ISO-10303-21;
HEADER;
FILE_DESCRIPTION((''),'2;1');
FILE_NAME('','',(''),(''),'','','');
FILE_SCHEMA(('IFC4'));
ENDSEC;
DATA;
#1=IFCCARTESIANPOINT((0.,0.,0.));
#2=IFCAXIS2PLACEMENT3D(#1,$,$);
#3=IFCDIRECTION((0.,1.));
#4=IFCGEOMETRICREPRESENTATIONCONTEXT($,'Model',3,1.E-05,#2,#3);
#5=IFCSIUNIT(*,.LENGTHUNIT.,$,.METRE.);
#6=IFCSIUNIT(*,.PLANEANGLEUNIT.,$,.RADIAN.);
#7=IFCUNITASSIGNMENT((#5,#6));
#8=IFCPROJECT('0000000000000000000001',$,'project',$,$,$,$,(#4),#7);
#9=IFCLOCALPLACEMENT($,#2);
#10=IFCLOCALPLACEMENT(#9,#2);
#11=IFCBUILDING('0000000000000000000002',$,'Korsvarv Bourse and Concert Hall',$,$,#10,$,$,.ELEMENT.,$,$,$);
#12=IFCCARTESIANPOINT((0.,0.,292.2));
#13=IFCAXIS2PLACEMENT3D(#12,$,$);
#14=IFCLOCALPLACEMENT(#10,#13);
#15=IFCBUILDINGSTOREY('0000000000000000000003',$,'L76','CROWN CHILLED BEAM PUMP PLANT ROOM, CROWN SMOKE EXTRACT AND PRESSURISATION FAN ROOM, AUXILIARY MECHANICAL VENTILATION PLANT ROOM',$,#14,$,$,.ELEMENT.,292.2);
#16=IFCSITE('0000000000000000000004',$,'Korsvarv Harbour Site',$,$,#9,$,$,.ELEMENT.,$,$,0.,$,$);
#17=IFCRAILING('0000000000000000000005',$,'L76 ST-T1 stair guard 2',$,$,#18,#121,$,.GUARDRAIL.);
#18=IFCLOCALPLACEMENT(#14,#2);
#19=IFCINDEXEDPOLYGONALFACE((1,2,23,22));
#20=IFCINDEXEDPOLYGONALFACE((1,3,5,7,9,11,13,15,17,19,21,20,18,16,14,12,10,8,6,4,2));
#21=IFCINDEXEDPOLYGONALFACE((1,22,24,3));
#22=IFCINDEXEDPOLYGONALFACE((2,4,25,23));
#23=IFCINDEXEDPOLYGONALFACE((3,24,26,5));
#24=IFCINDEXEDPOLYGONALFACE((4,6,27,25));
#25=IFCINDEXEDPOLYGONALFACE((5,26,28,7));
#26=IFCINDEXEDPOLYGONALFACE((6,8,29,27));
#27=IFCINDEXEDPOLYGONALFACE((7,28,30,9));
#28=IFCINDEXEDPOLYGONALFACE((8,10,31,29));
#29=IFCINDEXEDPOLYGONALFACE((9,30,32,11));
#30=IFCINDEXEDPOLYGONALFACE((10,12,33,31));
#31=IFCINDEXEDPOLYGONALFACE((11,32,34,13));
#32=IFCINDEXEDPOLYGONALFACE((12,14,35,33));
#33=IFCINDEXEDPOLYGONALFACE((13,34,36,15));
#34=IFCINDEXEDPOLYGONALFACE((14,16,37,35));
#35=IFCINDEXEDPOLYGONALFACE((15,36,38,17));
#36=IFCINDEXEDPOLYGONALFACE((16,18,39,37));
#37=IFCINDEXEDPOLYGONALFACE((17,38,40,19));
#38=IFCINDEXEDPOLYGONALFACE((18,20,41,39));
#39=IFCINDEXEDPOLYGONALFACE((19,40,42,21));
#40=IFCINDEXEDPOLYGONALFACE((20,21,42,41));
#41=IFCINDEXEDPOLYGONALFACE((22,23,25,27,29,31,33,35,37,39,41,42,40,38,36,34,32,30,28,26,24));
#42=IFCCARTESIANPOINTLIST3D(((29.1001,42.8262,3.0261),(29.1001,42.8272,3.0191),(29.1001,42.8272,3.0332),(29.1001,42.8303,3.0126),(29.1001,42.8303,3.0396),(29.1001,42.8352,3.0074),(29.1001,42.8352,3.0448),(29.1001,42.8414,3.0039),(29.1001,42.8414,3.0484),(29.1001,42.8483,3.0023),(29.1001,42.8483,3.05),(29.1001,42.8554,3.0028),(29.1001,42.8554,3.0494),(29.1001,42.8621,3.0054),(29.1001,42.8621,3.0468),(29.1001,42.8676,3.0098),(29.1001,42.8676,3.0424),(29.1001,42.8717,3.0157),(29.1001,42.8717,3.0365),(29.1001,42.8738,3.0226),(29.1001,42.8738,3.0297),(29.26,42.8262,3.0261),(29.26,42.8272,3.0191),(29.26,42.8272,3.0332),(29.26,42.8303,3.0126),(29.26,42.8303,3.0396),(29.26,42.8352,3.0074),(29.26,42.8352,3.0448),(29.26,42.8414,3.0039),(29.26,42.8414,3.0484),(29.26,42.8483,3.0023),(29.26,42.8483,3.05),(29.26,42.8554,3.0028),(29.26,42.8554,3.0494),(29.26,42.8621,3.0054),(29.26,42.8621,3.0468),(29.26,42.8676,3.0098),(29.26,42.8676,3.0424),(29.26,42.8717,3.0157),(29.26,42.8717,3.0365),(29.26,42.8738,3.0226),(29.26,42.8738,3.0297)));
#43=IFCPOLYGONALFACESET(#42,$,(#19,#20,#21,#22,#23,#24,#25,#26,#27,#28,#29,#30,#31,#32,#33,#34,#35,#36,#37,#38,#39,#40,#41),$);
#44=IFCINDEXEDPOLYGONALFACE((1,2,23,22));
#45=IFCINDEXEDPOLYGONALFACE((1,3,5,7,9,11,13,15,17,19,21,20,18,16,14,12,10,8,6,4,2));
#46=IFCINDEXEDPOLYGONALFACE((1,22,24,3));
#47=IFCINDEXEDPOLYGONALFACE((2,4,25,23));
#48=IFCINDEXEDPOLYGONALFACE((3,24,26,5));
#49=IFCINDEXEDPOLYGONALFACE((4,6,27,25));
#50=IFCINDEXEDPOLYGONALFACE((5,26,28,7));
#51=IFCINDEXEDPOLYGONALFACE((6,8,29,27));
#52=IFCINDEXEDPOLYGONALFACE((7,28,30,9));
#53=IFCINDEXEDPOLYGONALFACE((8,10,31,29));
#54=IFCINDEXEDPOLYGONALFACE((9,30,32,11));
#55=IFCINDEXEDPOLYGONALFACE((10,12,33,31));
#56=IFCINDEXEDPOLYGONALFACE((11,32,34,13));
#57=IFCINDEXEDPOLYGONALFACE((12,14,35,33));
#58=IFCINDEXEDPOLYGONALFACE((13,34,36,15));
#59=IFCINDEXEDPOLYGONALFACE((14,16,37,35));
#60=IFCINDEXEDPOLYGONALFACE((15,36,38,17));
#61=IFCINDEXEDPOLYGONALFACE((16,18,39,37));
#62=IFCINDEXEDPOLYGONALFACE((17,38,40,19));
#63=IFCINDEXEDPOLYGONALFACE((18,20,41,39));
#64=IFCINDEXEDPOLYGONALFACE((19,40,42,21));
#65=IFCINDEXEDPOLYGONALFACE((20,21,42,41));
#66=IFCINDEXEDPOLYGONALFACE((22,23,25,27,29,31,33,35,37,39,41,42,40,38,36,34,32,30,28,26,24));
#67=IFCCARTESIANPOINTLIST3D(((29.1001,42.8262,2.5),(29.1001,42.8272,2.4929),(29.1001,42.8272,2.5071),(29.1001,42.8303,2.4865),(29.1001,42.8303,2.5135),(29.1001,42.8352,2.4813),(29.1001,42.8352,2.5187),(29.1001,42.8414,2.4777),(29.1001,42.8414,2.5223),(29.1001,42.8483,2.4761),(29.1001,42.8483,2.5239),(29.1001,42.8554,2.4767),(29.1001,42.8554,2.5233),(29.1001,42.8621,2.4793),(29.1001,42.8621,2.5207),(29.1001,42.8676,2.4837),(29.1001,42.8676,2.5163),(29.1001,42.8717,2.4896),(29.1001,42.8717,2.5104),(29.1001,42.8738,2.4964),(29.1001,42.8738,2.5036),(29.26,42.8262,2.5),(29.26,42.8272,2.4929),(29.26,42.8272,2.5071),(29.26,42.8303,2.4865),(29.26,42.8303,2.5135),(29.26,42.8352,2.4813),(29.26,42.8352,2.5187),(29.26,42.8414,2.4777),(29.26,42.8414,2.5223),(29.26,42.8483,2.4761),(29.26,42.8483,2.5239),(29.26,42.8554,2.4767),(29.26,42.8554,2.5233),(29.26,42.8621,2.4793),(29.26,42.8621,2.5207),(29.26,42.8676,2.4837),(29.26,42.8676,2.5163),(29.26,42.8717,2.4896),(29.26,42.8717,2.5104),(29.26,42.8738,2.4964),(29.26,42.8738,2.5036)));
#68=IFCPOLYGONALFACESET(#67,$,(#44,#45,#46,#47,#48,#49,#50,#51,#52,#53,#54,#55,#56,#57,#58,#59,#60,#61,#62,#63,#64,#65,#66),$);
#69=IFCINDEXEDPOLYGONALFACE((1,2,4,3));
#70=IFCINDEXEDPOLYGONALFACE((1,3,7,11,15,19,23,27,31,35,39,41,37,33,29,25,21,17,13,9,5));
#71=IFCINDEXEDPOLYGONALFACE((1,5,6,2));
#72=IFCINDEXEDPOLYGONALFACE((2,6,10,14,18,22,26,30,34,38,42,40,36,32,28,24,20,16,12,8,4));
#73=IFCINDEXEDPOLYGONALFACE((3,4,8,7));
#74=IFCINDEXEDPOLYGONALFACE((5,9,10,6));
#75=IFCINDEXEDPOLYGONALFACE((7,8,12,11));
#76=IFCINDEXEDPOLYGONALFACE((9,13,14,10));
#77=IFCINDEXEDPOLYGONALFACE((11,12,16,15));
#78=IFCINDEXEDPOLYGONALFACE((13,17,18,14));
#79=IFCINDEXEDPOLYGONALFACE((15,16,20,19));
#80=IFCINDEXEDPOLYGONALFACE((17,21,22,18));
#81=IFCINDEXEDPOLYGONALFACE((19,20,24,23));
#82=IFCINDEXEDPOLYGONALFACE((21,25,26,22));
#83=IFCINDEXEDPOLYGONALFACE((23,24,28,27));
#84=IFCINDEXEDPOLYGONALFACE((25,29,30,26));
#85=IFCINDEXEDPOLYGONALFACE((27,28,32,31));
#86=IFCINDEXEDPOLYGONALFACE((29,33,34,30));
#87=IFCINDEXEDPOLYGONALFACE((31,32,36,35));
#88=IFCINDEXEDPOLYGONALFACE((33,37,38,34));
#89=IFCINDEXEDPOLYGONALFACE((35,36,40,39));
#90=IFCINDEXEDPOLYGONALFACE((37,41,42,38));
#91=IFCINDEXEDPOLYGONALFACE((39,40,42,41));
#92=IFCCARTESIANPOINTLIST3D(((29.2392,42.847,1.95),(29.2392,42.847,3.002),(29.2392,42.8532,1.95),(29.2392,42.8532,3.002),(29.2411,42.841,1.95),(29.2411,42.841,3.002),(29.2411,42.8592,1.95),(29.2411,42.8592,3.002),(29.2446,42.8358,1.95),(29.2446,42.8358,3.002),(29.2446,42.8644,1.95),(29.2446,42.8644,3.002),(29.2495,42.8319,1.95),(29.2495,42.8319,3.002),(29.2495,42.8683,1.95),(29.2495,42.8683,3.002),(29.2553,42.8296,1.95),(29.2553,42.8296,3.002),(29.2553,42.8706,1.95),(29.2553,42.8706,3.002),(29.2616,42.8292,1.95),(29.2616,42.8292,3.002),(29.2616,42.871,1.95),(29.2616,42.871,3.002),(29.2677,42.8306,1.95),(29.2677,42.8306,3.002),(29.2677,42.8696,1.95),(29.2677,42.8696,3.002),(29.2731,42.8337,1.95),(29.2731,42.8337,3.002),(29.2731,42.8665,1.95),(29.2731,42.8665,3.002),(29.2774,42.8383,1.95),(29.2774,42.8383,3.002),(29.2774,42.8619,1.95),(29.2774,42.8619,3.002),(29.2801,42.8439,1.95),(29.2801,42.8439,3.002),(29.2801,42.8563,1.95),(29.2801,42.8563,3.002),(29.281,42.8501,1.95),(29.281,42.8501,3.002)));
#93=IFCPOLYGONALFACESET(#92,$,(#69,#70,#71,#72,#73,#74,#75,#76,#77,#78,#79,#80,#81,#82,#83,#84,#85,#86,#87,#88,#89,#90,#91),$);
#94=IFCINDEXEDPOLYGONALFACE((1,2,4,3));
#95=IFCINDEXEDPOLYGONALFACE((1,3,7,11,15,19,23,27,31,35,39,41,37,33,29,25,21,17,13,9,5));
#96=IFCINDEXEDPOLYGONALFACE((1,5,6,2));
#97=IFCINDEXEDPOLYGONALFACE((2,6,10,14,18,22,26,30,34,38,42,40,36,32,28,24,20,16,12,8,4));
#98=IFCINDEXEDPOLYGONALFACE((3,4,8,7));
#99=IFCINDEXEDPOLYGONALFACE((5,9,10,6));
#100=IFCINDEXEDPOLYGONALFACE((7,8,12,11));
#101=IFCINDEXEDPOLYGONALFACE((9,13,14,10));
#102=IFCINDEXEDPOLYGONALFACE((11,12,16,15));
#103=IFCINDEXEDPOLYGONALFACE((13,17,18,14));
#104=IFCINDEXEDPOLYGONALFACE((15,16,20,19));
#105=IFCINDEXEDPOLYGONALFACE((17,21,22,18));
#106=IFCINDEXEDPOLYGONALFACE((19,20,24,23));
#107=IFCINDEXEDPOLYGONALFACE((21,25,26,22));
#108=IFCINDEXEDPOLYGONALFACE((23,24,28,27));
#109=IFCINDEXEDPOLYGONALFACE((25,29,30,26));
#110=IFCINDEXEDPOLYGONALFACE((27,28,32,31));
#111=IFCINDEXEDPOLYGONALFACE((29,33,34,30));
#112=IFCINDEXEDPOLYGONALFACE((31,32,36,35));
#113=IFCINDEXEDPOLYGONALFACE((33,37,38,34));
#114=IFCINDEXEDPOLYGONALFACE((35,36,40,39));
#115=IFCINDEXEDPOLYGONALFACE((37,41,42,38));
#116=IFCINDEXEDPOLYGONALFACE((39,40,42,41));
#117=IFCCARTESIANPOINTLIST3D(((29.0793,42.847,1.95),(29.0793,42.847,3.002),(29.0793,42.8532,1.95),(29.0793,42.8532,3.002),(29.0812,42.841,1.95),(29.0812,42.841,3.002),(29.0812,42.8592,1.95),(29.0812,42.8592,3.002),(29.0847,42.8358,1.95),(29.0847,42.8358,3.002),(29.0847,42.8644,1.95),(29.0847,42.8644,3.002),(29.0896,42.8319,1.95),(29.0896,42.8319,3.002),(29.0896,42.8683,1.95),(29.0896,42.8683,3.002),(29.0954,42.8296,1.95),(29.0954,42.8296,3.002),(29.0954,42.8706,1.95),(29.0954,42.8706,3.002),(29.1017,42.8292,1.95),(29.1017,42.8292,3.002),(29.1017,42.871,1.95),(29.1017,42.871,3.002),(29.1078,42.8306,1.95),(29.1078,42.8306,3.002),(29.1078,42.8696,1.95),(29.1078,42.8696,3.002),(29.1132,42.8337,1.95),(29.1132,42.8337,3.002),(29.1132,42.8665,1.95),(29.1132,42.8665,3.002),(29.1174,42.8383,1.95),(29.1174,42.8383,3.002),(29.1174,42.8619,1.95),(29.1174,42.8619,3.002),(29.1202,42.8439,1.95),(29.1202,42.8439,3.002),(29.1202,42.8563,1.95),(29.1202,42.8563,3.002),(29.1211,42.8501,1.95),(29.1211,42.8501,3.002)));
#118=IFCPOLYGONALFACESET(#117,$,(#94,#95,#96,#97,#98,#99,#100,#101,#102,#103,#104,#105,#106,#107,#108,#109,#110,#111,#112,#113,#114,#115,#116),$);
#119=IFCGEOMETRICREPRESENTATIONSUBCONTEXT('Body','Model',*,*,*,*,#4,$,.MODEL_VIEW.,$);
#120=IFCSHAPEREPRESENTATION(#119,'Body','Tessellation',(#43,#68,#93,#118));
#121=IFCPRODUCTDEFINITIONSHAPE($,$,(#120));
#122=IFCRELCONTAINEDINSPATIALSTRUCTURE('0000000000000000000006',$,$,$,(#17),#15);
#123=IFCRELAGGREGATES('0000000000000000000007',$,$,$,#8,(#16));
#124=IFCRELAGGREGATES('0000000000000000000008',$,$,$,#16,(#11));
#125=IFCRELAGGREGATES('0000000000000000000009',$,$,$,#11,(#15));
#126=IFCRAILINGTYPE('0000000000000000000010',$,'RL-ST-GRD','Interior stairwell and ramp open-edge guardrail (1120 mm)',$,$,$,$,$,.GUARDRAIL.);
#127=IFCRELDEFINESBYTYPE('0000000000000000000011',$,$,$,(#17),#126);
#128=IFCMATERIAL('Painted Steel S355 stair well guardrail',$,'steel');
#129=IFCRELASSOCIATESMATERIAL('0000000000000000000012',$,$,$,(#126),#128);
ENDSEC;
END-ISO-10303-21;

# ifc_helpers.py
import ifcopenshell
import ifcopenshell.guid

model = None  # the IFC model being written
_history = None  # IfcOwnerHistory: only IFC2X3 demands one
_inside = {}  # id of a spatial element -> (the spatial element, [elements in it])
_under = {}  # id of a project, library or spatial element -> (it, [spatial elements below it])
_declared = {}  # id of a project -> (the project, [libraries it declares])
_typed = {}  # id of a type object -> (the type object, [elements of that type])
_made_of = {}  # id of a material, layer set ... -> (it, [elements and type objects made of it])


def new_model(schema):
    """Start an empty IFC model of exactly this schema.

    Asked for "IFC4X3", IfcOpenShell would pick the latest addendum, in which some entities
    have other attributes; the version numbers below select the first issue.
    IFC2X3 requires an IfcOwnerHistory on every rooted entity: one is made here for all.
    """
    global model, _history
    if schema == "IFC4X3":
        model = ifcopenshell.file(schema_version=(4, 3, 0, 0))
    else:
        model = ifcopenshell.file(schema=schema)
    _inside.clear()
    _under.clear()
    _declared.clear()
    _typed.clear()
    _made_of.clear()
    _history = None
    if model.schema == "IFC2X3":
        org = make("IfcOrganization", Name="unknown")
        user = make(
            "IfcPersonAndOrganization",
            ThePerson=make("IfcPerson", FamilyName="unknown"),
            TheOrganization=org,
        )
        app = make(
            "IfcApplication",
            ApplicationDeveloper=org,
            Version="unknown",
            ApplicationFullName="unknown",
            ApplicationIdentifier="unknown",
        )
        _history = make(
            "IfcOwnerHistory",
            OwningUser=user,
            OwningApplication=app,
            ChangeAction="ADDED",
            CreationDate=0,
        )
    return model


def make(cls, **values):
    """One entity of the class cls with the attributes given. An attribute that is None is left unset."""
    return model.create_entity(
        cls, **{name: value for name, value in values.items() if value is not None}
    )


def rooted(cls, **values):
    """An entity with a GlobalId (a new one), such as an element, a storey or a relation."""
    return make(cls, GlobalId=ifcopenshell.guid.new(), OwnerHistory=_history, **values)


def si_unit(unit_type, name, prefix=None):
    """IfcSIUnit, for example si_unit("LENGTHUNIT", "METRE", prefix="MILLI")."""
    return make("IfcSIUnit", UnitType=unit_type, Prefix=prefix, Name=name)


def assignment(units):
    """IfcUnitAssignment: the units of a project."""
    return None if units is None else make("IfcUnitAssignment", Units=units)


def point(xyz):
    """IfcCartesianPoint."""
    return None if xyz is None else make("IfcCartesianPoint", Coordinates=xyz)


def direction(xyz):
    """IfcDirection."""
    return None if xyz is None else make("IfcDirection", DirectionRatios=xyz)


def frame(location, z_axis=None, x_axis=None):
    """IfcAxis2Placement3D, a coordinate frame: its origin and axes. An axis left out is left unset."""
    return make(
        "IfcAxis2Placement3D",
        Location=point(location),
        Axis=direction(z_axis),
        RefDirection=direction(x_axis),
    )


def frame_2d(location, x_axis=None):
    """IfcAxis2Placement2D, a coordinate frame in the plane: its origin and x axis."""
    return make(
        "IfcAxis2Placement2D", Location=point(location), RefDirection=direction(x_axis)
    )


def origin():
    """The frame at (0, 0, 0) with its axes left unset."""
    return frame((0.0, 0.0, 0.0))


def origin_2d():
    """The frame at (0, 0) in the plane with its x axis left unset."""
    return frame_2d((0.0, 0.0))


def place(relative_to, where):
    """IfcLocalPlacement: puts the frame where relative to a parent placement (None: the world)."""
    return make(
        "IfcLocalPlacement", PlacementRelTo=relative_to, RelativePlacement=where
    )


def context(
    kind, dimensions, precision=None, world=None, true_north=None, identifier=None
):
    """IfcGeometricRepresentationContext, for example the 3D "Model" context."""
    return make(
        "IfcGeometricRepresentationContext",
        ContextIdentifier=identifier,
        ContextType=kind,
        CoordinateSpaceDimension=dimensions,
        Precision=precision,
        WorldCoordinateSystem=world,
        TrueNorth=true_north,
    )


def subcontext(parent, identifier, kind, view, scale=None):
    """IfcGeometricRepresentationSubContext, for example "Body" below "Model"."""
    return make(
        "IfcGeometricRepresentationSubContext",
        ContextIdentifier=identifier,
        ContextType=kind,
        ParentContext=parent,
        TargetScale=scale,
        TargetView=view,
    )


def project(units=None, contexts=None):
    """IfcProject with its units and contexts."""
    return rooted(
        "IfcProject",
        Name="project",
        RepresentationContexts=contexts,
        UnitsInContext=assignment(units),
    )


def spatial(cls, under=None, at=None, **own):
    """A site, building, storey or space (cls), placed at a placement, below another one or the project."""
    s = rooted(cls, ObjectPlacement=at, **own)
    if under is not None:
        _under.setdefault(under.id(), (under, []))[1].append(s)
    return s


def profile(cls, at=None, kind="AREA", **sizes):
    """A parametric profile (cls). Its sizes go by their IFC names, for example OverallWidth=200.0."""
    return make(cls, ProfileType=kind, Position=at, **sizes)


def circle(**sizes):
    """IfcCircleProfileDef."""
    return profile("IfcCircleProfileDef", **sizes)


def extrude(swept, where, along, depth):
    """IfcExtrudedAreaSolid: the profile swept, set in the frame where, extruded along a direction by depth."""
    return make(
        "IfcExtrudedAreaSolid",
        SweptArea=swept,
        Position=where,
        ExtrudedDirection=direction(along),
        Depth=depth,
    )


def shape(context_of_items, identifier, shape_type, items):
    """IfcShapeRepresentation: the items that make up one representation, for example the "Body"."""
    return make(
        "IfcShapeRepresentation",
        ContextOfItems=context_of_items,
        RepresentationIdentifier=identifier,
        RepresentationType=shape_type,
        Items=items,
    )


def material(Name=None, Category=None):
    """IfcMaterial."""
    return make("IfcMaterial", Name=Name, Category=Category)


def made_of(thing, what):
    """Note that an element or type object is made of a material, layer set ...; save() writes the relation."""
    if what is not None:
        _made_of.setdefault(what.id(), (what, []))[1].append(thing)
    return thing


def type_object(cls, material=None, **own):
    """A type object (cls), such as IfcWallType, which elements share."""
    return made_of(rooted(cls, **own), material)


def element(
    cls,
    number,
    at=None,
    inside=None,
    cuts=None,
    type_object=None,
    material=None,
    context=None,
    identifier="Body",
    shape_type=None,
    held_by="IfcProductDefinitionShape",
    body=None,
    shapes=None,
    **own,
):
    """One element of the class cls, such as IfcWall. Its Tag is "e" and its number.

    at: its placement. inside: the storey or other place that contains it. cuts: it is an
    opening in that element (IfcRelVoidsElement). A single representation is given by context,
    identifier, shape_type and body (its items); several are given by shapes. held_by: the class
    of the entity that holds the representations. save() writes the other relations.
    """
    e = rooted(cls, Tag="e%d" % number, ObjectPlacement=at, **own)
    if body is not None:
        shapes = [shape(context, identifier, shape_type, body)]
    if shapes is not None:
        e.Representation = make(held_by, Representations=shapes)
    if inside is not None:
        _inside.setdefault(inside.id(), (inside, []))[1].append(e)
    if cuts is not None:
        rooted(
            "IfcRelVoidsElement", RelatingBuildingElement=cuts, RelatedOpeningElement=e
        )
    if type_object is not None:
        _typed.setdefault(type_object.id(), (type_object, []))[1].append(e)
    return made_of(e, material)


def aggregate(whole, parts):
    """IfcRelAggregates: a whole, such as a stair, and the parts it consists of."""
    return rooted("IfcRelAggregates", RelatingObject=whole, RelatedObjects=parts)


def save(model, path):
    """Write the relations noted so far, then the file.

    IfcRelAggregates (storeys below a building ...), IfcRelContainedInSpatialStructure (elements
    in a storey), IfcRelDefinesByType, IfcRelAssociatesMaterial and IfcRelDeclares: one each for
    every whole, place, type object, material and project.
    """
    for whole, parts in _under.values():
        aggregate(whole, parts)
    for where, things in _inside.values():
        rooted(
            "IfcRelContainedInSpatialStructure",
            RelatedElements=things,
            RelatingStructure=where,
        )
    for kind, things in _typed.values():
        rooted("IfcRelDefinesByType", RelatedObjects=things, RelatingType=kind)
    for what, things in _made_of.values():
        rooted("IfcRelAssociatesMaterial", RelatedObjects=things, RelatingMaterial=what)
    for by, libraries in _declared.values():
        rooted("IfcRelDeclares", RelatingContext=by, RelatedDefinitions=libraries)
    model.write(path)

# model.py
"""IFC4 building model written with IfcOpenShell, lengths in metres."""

from ifc_helpers import new_model, si_unit, direction, frame, origin, origin_2d, place, context, subcontext, project, spatial, circle, extrude, material, type_object, element, save


model = new_model("IFC4")

# Units and contexts
model_context = context("Model", 3, precision=1e-05, world=origin(), true_north=direction((0.0, 1.0)))
body_context = subcontext(model_context, "Body", "Model", "MODEL_VIEW")
ifc_project = project(units=[si_unit("LENGTHUNIT", "METRE"), si_unit("PLANEANGLEUNIT", "RADIAN")], contexts=[model_context])

# Site, building, storey
site_placement = place(None, origin())
site = spatial("IfcSite", under=ifc_project, at=site_placement, Name="Korsvarv Harbour Site", CompositionType="ELEMENT", RefElevation=0.0)
building_placement = place(site_placement, origin())
building = spatial("IfcBuilding", under=site, at=building_placement, Name="Korsvarv Bourse and Concert Hall", CompositionType="ELEMENT")
storey_placement = place(building_placement, frame((0.0, 0.0, 292.2)))
storey = spatial("IfcBuildingStorey", under=building, at=storey_placement, Name="L76", Description="CROWN CHILLED BEAM PUMP PLANT ROOM, CROWN SMOKE EXTRACT AND PRESSURISATION FAN ROOM, AUXILIARY MECHANICAL VENTILATION PLANT ROOM", CompositionType="ELEMENT", Elevation=292.2)

# Railing
ifc_material_1 = material(Name="Painted Steel S355 stair well guardrail", Category="steel")
railing_type_1 = type_object("IfcRailingType", Name="RL-ST-GRD", Description="Interior stairwell and ramp open-edge guardrail (1120 mm)", PredefinedType="GUARDRAIL", material=ifc_material_1)
railing_1_placement = place(storey_placement, frame((29.26, 42.8501, 1.95)))
element("IfcRailing", 1, at=railing_1_placement, inside=storey, type_object=railing_type_1, Name="L76 ST-T1 stair guard 2", PredefinedType="GUARDRAIL", context=body_context, shape_type="SweptSolid", body=[
    extrude(circle(Radius=0.0239, at=origin_2d()), frame((0.0, 0.0, 1.0762), z_axis=(-1.0, 0.0, 0.0), x_axis=(0.0, -1.0, 0.0)), (0.0, 0.0, 1.0), 0.1599),
    extrude(circle(Radius=0.0239, at=origin_2d()), frame((0.0, 0.0, 0.55), z_axis=(-1.0, 0.0, 0.0), x_axis=(0.0, -1.0, 0.0)), (0.0, 0.0, 1.0), 0.1599),
    extrude(circle(Radius=0.021, at=origin_2d()), origin(), (0.0, 0.0, 1.0), 1.052),
    extrude(circle(Radius=0.021, at=origin_2d()), frame((-0.1599, 0.0, 0.0)), (0.0, 0.0, 1.0), 1.052),
])

save(model, "model.ifc")
